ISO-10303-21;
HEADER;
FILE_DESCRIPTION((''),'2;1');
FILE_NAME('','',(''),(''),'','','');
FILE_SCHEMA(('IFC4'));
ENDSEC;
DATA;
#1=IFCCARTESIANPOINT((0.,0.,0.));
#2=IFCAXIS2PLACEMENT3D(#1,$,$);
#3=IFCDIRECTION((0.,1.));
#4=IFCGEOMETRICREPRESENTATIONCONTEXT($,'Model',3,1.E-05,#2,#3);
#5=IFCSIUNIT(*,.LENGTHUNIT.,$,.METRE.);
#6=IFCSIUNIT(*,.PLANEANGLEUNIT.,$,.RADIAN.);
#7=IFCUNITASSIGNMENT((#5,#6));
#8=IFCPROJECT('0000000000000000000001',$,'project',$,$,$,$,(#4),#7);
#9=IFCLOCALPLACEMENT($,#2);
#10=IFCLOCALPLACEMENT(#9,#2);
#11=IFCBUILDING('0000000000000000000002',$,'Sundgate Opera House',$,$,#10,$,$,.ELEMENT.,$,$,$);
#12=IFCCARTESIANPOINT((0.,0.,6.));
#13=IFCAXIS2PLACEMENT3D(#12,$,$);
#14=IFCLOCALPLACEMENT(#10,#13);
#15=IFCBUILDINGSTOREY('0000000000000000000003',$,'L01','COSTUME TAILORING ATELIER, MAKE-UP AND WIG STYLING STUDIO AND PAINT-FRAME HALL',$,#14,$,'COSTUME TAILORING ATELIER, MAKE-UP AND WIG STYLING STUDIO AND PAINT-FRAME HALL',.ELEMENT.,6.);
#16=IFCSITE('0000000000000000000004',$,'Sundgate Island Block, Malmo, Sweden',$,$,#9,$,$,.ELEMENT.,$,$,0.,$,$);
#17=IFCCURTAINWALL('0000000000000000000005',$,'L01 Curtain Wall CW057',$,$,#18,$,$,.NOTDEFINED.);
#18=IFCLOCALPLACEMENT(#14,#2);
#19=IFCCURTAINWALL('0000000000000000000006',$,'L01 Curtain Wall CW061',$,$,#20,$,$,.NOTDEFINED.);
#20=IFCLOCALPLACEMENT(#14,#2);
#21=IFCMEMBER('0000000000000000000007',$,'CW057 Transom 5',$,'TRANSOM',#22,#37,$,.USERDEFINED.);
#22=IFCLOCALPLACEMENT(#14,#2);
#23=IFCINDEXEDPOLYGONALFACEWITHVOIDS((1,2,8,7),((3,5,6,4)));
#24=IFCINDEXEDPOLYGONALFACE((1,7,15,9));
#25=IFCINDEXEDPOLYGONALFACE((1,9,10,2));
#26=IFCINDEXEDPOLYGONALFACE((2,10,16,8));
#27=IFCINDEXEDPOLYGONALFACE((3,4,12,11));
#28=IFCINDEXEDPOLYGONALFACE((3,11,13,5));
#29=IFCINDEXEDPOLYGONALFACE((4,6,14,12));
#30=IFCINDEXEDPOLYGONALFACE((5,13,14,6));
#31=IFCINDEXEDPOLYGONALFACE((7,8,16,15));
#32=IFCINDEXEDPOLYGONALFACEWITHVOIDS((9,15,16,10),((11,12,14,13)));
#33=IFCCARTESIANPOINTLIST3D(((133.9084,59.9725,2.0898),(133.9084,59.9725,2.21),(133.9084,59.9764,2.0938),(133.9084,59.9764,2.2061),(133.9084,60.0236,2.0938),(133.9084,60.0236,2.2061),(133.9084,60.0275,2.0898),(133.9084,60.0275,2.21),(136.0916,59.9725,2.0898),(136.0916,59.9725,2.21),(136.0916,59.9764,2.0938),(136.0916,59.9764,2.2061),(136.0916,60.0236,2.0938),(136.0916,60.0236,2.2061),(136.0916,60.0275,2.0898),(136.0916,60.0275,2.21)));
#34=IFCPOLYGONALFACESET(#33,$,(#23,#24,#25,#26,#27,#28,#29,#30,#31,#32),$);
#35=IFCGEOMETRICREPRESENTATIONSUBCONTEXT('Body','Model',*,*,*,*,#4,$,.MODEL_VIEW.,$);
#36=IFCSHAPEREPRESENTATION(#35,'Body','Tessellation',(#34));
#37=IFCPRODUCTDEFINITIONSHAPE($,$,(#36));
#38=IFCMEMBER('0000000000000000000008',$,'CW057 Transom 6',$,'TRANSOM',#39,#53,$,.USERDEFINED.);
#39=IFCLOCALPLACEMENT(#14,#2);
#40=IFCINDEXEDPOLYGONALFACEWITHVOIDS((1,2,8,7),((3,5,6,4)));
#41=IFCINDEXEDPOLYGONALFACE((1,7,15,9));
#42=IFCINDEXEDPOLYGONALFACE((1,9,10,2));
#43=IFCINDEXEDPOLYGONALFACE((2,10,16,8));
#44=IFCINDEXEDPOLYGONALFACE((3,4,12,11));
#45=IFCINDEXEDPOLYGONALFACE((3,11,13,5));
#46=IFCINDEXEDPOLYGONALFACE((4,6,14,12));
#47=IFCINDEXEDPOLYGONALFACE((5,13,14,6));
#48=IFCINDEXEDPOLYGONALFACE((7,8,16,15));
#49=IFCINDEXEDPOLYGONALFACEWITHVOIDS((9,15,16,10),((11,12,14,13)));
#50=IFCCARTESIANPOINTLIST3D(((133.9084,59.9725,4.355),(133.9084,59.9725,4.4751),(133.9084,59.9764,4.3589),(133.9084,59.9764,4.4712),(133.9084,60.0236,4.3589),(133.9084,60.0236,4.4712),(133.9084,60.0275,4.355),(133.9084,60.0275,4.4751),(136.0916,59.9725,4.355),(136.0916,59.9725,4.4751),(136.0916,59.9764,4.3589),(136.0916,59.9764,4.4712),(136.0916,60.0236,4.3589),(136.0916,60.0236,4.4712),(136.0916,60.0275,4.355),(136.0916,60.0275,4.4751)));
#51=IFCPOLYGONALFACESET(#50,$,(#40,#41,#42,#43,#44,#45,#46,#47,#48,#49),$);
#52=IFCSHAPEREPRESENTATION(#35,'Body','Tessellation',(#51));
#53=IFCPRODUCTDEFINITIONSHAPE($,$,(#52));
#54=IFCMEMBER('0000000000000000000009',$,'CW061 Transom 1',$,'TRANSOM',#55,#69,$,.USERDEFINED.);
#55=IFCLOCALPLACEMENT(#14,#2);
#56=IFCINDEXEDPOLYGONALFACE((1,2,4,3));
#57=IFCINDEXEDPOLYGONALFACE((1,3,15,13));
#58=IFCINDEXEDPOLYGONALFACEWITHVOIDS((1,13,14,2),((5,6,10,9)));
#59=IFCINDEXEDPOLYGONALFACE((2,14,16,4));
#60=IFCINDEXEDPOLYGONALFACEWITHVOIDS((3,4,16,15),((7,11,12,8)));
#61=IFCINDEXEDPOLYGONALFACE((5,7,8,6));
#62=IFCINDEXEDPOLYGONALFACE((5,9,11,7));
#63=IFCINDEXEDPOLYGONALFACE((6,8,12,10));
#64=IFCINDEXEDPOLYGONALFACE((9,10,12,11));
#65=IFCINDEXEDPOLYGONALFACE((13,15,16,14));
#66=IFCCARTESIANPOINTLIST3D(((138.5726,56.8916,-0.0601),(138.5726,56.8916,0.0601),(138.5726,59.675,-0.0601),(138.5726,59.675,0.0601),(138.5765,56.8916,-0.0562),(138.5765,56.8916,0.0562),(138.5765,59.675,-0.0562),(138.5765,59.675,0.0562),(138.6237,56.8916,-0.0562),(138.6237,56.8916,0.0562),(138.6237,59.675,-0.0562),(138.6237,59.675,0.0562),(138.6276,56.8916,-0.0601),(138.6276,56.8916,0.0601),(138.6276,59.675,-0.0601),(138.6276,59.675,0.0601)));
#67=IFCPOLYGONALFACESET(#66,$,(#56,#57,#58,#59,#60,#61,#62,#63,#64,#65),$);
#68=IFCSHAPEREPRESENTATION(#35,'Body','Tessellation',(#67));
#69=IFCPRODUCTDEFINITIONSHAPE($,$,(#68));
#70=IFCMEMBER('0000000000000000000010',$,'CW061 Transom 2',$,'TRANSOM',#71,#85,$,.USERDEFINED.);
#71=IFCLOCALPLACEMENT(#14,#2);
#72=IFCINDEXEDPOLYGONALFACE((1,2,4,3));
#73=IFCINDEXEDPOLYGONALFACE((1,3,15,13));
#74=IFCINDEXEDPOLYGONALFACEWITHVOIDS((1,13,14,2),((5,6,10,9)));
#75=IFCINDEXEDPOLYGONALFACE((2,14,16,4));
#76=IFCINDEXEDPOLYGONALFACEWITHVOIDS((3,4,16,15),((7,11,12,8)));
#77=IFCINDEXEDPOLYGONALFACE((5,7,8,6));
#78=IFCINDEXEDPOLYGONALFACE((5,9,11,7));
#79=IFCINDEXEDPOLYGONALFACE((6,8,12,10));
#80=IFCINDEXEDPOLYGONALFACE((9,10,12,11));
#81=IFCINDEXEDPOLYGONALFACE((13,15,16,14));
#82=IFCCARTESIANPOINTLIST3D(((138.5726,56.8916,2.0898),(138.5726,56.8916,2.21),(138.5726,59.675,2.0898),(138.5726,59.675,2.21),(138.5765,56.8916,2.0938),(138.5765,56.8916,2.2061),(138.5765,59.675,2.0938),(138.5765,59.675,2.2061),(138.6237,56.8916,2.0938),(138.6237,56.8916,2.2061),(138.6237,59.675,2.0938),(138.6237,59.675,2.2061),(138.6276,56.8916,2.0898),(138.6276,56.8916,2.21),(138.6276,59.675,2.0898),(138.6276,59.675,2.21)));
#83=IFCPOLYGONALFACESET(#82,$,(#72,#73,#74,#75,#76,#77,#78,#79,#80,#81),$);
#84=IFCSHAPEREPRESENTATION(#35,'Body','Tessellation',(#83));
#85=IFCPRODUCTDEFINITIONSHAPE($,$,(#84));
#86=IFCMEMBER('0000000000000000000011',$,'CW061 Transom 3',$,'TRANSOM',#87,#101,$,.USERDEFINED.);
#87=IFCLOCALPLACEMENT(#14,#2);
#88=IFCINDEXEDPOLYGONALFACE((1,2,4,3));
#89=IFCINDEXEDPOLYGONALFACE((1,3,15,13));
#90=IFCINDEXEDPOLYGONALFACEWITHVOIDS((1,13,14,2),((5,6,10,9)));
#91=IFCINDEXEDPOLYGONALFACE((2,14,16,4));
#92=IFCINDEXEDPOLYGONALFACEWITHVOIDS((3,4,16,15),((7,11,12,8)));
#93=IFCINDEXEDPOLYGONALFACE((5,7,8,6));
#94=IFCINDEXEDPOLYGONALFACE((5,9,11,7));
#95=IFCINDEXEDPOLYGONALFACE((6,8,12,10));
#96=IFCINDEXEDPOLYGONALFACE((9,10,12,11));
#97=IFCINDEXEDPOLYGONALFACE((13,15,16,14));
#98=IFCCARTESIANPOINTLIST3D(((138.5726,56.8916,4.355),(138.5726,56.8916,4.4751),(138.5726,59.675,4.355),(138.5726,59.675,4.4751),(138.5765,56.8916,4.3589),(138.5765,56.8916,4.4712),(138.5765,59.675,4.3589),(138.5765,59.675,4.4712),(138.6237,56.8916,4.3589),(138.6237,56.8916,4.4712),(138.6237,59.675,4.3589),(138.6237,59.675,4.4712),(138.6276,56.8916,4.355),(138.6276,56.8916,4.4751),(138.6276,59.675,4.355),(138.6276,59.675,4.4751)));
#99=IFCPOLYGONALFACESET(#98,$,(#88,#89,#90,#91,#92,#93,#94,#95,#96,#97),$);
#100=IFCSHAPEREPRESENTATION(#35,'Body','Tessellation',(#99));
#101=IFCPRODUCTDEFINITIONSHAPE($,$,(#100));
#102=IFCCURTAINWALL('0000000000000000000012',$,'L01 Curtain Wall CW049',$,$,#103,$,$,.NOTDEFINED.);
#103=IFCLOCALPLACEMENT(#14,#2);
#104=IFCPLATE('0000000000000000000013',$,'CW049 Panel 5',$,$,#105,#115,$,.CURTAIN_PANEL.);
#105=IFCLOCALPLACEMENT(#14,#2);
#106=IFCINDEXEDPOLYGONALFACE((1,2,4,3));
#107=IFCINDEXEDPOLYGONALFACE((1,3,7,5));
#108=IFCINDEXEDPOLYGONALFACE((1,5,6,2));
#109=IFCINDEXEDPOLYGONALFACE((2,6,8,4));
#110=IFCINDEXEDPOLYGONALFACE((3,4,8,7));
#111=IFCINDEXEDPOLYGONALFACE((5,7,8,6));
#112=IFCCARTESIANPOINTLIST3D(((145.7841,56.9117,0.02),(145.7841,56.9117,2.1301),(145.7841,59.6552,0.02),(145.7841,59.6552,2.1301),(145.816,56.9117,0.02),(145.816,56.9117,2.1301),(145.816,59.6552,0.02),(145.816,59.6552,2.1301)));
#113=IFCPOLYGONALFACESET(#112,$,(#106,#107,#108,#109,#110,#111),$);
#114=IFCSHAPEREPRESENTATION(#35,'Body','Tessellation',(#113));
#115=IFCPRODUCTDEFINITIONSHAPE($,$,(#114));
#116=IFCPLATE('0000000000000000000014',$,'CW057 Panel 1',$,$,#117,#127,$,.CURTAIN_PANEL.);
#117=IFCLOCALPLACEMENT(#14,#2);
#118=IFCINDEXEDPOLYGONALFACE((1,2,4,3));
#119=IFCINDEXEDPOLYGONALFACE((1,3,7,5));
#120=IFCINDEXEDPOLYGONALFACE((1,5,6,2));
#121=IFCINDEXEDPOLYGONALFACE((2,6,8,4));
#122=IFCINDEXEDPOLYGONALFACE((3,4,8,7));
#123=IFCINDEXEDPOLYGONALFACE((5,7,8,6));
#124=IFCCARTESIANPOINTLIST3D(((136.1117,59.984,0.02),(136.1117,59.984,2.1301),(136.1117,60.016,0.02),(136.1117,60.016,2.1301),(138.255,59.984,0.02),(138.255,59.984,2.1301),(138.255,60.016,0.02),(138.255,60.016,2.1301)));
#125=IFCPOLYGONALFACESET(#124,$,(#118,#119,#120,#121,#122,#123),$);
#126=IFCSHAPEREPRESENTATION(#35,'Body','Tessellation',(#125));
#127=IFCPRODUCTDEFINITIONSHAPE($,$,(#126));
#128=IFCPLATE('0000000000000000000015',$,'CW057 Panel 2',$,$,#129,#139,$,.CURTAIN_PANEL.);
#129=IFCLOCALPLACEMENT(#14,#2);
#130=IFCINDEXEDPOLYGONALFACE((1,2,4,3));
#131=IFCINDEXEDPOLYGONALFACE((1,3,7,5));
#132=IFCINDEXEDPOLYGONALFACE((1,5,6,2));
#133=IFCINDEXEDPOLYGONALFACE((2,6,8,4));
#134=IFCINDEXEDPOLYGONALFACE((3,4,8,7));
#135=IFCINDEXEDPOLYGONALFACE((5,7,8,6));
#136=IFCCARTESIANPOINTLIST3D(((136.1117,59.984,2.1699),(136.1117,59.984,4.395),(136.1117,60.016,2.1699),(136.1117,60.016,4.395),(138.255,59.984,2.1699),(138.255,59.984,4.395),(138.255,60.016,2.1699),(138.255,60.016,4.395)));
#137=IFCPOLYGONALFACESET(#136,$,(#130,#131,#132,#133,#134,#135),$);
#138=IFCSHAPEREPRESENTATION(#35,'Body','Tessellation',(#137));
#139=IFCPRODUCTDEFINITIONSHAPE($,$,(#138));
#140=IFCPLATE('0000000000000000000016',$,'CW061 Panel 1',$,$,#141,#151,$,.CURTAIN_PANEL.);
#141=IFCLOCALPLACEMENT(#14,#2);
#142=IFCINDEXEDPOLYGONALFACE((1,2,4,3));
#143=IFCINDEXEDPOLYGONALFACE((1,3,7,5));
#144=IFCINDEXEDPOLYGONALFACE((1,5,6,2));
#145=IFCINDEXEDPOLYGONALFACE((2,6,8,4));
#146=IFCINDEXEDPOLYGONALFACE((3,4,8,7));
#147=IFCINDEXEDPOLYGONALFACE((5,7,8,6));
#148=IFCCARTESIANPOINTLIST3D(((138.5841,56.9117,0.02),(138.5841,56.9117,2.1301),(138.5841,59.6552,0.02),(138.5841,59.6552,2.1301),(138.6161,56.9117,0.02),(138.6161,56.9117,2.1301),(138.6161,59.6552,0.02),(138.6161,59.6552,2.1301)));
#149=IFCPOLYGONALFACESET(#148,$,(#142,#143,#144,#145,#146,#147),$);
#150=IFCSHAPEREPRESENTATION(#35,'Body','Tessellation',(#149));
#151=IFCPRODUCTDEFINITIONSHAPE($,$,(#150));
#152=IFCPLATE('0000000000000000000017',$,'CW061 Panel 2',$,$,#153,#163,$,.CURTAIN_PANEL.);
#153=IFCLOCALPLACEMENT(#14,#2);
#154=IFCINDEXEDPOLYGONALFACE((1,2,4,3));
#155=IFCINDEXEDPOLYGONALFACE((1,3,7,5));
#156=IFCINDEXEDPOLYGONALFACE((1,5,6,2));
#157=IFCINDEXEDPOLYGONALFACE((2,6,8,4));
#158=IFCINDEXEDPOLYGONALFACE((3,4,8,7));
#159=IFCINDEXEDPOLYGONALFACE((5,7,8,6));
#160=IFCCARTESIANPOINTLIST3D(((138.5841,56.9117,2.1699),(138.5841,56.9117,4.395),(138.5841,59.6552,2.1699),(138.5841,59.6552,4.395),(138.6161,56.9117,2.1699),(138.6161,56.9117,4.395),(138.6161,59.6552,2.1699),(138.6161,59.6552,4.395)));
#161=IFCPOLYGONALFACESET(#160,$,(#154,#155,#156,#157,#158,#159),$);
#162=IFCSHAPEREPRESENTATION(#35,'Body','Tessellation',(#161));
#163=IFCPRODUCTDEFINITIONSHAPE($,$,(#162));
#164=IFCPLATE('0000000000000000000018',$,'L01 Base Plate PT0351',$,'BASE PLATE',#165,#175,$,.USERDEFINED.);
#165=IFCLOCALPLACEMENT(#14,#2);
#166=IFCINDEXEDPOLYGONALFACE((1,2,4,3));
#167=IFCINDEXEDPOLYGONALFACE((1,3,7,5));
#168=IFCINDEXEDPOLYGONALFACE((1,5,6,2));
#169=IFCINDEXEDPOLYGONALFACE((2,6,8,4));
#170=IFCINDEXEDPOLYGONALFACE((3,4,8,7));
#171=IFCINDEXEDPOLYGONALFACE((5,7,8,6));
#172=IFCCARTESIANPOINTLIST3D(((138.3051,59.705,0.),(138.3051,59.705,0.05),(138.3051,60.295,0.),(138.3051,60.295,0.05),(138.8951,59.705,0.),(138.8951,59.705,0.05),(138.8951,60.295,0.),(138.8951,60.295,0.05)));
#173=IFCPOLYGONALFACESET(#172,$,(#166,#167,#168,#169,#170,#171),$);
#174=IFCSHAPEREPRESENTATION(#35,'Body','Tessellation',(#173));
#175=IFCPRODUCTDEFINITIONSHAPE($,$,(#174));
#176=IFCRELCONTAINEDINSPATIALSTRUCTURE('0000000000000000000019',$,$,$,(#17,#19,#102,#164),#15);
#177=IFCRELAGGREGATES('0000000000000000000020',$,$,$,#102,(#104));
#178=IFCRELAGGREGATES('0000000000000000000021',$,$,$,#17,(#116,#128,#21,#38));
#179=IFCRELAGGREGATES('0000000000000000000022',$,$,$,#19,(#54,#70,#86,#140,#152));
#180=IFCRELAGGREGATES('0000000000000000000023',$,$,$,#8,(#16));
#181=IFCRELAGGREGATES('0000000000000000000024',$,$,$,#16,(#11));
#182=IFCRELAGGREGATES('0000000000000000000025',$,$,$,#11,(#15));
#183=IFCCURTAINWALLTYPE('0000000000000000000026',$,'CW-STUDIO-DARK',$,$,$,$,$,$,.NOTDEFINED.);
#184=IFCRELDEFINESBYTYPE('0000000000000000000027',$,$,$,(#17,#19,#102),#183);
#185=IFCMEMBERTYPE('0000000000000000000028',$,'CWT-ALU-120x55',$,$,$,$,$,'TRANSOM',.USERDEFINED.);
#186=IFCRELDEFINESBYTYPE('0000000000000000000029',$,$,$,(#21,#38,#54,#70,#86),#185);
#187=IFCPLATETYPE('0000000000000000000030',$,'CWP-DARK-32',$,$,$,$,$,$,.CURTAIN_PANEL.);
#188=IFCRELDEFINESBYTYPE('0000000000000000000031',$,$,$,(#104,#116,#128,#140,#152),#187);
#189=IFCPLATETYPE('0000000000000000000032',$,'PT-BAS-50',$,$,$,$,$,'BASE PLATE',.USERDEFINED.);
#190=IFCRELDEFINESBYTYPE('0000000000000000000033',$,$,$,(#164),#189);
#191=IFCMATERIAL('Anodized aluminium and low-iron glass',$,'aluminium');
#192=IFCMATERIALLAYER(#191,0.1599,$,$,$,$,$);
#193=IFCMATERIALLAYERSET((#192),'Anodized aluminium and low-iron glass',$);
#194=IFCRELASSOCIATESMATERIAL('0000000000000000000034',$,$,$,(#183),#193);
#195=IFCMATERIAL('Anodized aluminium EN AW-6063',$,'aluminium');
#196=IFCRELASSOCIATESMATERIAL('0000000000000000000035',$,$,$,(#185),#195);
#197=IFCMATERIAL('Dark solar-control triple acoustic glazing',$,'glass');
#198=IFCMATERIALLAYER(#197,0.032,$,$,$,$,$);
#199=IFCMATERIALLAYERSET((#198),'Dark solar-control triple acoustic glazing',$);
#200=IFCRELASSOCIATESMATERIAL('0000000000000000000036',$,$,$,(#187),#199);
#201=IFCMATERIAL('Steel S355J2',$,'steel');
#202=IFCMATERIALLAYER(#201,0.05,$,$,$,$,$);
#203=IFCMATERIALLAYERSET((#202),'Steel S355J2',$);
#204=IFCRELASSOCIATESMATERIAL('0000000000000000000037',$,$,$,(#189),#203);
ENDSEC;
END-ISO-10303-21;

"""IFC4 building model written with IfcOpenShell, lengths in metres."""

from ifc_helpers import new_model, si_unit, direction, frame, origin, origin_2d, place, context, subcontext, project, spatial, rectangle, hollow_rectangle, extrude, material, layer, layer_set, material_profile, profile_set, type_object, element, aggregate, save


model = new_model("IFC4")

# Units and contexts
model_context = context("Model", 3, precision=1e-05, world=origin(), true_north=direction((0.0, 1.0)))
body_context = subcontext(model_context, "Body", "Model", "MODEL_VIEW")
ifc_project = project(units=[si_unit("LENGTHUNIT", "METRE"), si_unit("PLANEANGLEUNIT", "RADIAN")], contexts=[model_context])

# Site, building, storey
site_placement = place(None, origin())
site = spatial("IfcSite", under=ifc_project, at=site_placement, Name="Sundgate Island Block, Malmo, Sweden", CompositionType="ELEMENT", RefElevation=0.0)
building_placement = place(site_placement, origin())
building = spatial("IfcBuilding", under=site, at=building_placement, Name="Sundgate Opera House", CompositionType="ELEMENT")
storey_placement = place(building_placement, frame((0.0, 0.0, 6.0)))
storey = spatial("IfcBuildingStorey", under=building, at=storey_placement, Name="L01", Description="COSTUME TAILORING ATELIER, MAKE-UP AND WIG STYLING STUDIO AND PAINT-FRAME HALL", LongName="COSTUME TAILORING ATELIER, MAKE-UP AND WIG STYLING STUDIO AND PAINT-FRAME HALL", CompositionType="ELEMENT", Elevation=6.0)

# Curtain walls
ifc_material_1 = material(Name="Anodized aluminium and low-iron glass", Category="aluminium")
ifc_layer_1 = layer(ifc_material_1, 0.1599)
ifc_layer_set_1 = layer_set([ifc_layer_1], Name="Anodized aluminium and low-iron glass")
curtain_wall_type = type_object("IfcCurtainWallType", Name="CW-STUDIO-DARK", PredefinedType="NOTDEFINED", material=ifc_layer_set_1)
curtain_wall_1_placement = place(storey_placement, origin())
curtain_wall_1 = element("IfcCurtainWall", 1, at=curtain_wall_1_placement, inside=storey, type_object=curtain_wall_type, Name="L01 Curtain Wall CW057", PredefinedType="NOTDEFINED")
curtain_wall_2_placement = place(storey_placement, origin())
curtain_wall_2 = element("IfcCurtainWall", 2, at=curtain_wall_2_placement, inside=storey, type_object=curtain_wall_type, Name="L01 Curtain Wall CW061", PredefinedType="NOTDEFINED")

# Members
ifc_material_2 = material(Name="Anodized aluminium EN AW-6063", Category="aluminium")
ifc_material_profile_1 = material_profile(ifc_material_2, hollow_rectangle(XDim=0.0549, YDim=0.1201, WallThickness=0.0039, at=origin_2d()), Name="CWT 120x55x4")
ifc_profile_set_1 = profile_set([ifc_material_profile_1], Name="Anodized aluminium EN AW-6063")
member_type_1 = type_object("IfcMemberType", Name="CWT-ALU-120x55", ElementType="TRANSOM", PredefinedType="USERDEFINED", material=ifc_profile_set_1)
member_1_placement = place(storey_placement, frame((136.0916, 60.0, 2.1499), z_axis=(-1.0, 0.0, 0.0), x_axis=(0.0, -1.0, 0.0)))
member_1 = element("IfcMember", 3, at=member_1_placement, type_object=member_type_1, Name="CW057 Transom 5", ObjectType="TRANSOM", PredefinedType="USERDEFINED", context=body_context, shape_type="SweptSolid", body=[
    extrude(hollow_rectangle(XDim=0.0549, YDim=0.1201, WallThickness=0.0039, at=origin_2d()), origin(), (0.0, 0.0, 1.0), 2.1831),
])
member_2_placement = place(storey_placement, frame((136.0916, 60.0, 4.415), z_axis=(-1.0, 0.0, 0.0), x_axis=(0.0, -1.0, 0.0)))
member_2 = element("IfcMember", 4, at=member_2_placement, type_object=member_type_1, Name="CW057 Transom 6", ObjectType="TRANSOM", PredefinedType="USERDEFINED", context=body_context, shape_type="SweptSolid", body=[
    extrude(hollow_rectangle(XDim=0.0549, YDim=0.1201, WallThickness=0.0039, at=origin_2d()), origin(), (0.0, 0.0, 1.0), 2.1831),
])
member_3_placement = place(storey_placement, frame((138.6001, 59.675, 0.0), z_axis=(0.0, -1.0, 0.0), x_axis=(1.0, 0.0, 0.0)))
member_3 = element("IfcMember", 5, at=member_3_placement, type_object=member_type_1, Name="CW061 Transom 1", ObjectType="TRANSOM", PredefinedType="USERDEFINED", context=body_context, shape_type="SweptSolid", body=[
    extrude(hollow_rectangle(XDim=0.0549, YDim=0.1201, WallThickness=0.0039, at=origin_2d()), origin(), (0.0, 0.0, 1.0), 2.7834),
])
member_4_placement = place(storey_placement, frame((138.6001, 59.675, 2.1499), z_axis=(0.0, -1.0, 0.0), x_axis=(1.0, 0.0, 0.0)))
member_4 = element("IfcMember", 6, at=member_4_placement, type_object=member_type_1, Name="CW061 Transom 2", ObjectType="TRANSOM", PredefinedType="USERDEFINED", context=body_context, shape_type="SweptSolid", body=[
    extrude(hollow_rectangle(XDim=0.0549, YDim=0.1201, WallThickness=0.0039, at=origin_2d()), origin(), (0.0, 0.0, 1.0), 2.7834),
])
member_5_placement = place(storey_placement, frame((138.6001, 59.675, 4.415), z_axis=(0.0, -1.0, 0.0), x_axis=(1.0, 0.0, 0.0)))
member_5 = element("IfcMember", 7, at=member_5_placement, type_object=member_type_1, Name="CW061 Transom 3", ObjectType="TRANSOM", PredefinedType="USERDEFINED", context=body_context, shape_type="SweptSolid", body=[
    extrude(hollow_rectangle(XDim=0.0549, YDim=0.1201, WallThickness=0.0039, at=origin_2d()), origin(), (0.0, 0.0, 1.0), 2.7834),
])

# Curtain wall, plate
curtain_wall_3_placement = place(storey_placement, origin())
curtain_wall_3 = element("IfcCurtainWall", 8, at=curtain_wall_3_placement, inside=storey, type_object=curtain_wall_type, Name="L01 Curtain Wall CW049", PredefinedType="NOTDEFINED")
ifc_material_3 = material(Name="Dark solar-control triple acoustic glazing", Category="glass")
ifc_layer_2 = layer(ifc_material_3, 0.032)
ifc_layer_set_2 = layer_set([ifc_layer_2], Name="Dark solar-control triple acoustic glazing")
plate_type_1 = type_object("IfcPlateType", Name="CWP-DARK-32", PredefinedType="CURTAIN_PANEL", material=ifc_layer_set_2)
plate_1_placement = place(storey_placement, frame((145.8, 58.2834, 0.02), z_axis=(0.0, 0.0, 1.0), x_axis=(0.0, 1.0, 0.0)))
plate_1 = element("IfcPlate", 9, at=plate_1_placement, type_object=plate_type_1, Name="CW049 Panel 5", PredefinedType="CURTAIN_PANEL", context=body_context, shape_type="SweptSolid", body=[
    extrude(rectangle(XDim=2.7434, YDim=0.032, at=origin_2d()), origin(), (0.0, 0.0, 1.0), 2.1101),
])
aggregate(curtain_wall_3, [plate_1])

# Plates
plate_2_placement = place(storey_placement, frame((137.1833, 60.0, 0.02), z_axis=(0.0, 0.0, 1.0), x_axis=(-1.0, 0.0, 0.0)))
plate_2 = element("IfcPlate", 10, at=plate_2_placement, type_object=plate_type_1, Name="CW057 Panel 1", PredefinedType="CURTAIN_PANEL", context=body_context, shape_type="SweptSolid", body=[
    extrude(rectangle(XDim=2.1433, YDim=0.032, at=origin_2d()), origin(), (0.0, 0.0, 1.0), 2.1101),
])
plate_3_placement = place(storey_placement, frame((137.1833, 60.0, 2.1699), z_axis=(0.0, 0.0, 1.0), x_axis=(-1.0, 0.0, 0.0)))
plate_3 = element("IfcPlate", 11, at=plate_3_placement, type_object=plate_type_1, Name="CW057 Panel 2", PredefinedType="CURTAIN_PANEL", context=body_context, shape_type="SweptSolid", body=[
    extrude(rectangle(XDim=2.1433, YDim=0.032, at=origin_2d()), origin(), (0.0, 0.0, 1.0), 2.2251),
])
aggregate(curtain_wall_1, [plate_2, plate_3, member_1, member_2])
plate_4_placement = place(storey_placement, frame((138.6001, 58.2834, 0.02), z_axis=(0.0, 0.0, 1.0), x_axis=(0.0, -1.0, 0.0)))
plate_4 = element("IfcPlate", 12, at=plate_4_placement, type_object=plate_type_1, Name="CW061 Panel 1", PredefinedType="CURTAIN_PANEL", context=body_context, shape_type="SweptSolid", body=[
    extrude(rectangle(XDim=2.7434, YDim=0.032, at=origin_2d()), origin(), (0.0, 0.0, 1.0), 2.1101),
])
plate_5_placement = place(storey_placement, frame((138.6001, 58.2834, 2.1699), z_axis=(0.0, 0.0, 1.0), x_axis=(0.0, -1.0, 0.0)))
plate_5 = element("IfcPlate", 13, at=plate_5_placement, type_object=plate_type_1, Name="CW061 Panel 2", PredefinedType="CURTAIN_PANEL", context=body_context, shape_type="SweptSolid", body=[
    extrude(rectangle(XDim=2.7434, YDim=0.032, at=origin_2d()), origin(), (0.0, 0.0, 1.0), 2.2251),
])
aggregate(curtain_wall_2, [member_3, member_4, member_5, plate_4, plate_5])
ifc_material_4 = material(Name="Steel S355J2", Category="steel")
ifc_layer_3 = layer(ifc_material_4, 0.05)
ifc_layer_set_3 = layer_set([ifc_layer_3], Name="Steel S355J2")
plate_type_2 = type_object("IfcPlateType", Name="PT-BAS-50", ElementType="BASE PLATE", PredefinedType="USERDEFINED", material=ifc_layer_set_3)
plate_6_placement = place(storey_placement, frame((138.6001, 60.0, 0.0), z_axis=(0.0, 0.0, 1.0), x_axis=(1.0, 0.0, 0.0)))
element("IfcPlate", 14, at=plate_6_placement, inside=storey, type_object=plate_type_2, Name="L01 Base Plate PT0351", ObjectType="BASE PLATE", PredefinedType="USERDEFINED", context=body_context, shape_type="SweptSolid", body=[
    extrude(rectangle(XDim=0.5901, YDim=0.5901, at=origin_2d()), origin(), (0.0, 0.0, 1.0), 0.05),
])

save(model, "model.ifc")
